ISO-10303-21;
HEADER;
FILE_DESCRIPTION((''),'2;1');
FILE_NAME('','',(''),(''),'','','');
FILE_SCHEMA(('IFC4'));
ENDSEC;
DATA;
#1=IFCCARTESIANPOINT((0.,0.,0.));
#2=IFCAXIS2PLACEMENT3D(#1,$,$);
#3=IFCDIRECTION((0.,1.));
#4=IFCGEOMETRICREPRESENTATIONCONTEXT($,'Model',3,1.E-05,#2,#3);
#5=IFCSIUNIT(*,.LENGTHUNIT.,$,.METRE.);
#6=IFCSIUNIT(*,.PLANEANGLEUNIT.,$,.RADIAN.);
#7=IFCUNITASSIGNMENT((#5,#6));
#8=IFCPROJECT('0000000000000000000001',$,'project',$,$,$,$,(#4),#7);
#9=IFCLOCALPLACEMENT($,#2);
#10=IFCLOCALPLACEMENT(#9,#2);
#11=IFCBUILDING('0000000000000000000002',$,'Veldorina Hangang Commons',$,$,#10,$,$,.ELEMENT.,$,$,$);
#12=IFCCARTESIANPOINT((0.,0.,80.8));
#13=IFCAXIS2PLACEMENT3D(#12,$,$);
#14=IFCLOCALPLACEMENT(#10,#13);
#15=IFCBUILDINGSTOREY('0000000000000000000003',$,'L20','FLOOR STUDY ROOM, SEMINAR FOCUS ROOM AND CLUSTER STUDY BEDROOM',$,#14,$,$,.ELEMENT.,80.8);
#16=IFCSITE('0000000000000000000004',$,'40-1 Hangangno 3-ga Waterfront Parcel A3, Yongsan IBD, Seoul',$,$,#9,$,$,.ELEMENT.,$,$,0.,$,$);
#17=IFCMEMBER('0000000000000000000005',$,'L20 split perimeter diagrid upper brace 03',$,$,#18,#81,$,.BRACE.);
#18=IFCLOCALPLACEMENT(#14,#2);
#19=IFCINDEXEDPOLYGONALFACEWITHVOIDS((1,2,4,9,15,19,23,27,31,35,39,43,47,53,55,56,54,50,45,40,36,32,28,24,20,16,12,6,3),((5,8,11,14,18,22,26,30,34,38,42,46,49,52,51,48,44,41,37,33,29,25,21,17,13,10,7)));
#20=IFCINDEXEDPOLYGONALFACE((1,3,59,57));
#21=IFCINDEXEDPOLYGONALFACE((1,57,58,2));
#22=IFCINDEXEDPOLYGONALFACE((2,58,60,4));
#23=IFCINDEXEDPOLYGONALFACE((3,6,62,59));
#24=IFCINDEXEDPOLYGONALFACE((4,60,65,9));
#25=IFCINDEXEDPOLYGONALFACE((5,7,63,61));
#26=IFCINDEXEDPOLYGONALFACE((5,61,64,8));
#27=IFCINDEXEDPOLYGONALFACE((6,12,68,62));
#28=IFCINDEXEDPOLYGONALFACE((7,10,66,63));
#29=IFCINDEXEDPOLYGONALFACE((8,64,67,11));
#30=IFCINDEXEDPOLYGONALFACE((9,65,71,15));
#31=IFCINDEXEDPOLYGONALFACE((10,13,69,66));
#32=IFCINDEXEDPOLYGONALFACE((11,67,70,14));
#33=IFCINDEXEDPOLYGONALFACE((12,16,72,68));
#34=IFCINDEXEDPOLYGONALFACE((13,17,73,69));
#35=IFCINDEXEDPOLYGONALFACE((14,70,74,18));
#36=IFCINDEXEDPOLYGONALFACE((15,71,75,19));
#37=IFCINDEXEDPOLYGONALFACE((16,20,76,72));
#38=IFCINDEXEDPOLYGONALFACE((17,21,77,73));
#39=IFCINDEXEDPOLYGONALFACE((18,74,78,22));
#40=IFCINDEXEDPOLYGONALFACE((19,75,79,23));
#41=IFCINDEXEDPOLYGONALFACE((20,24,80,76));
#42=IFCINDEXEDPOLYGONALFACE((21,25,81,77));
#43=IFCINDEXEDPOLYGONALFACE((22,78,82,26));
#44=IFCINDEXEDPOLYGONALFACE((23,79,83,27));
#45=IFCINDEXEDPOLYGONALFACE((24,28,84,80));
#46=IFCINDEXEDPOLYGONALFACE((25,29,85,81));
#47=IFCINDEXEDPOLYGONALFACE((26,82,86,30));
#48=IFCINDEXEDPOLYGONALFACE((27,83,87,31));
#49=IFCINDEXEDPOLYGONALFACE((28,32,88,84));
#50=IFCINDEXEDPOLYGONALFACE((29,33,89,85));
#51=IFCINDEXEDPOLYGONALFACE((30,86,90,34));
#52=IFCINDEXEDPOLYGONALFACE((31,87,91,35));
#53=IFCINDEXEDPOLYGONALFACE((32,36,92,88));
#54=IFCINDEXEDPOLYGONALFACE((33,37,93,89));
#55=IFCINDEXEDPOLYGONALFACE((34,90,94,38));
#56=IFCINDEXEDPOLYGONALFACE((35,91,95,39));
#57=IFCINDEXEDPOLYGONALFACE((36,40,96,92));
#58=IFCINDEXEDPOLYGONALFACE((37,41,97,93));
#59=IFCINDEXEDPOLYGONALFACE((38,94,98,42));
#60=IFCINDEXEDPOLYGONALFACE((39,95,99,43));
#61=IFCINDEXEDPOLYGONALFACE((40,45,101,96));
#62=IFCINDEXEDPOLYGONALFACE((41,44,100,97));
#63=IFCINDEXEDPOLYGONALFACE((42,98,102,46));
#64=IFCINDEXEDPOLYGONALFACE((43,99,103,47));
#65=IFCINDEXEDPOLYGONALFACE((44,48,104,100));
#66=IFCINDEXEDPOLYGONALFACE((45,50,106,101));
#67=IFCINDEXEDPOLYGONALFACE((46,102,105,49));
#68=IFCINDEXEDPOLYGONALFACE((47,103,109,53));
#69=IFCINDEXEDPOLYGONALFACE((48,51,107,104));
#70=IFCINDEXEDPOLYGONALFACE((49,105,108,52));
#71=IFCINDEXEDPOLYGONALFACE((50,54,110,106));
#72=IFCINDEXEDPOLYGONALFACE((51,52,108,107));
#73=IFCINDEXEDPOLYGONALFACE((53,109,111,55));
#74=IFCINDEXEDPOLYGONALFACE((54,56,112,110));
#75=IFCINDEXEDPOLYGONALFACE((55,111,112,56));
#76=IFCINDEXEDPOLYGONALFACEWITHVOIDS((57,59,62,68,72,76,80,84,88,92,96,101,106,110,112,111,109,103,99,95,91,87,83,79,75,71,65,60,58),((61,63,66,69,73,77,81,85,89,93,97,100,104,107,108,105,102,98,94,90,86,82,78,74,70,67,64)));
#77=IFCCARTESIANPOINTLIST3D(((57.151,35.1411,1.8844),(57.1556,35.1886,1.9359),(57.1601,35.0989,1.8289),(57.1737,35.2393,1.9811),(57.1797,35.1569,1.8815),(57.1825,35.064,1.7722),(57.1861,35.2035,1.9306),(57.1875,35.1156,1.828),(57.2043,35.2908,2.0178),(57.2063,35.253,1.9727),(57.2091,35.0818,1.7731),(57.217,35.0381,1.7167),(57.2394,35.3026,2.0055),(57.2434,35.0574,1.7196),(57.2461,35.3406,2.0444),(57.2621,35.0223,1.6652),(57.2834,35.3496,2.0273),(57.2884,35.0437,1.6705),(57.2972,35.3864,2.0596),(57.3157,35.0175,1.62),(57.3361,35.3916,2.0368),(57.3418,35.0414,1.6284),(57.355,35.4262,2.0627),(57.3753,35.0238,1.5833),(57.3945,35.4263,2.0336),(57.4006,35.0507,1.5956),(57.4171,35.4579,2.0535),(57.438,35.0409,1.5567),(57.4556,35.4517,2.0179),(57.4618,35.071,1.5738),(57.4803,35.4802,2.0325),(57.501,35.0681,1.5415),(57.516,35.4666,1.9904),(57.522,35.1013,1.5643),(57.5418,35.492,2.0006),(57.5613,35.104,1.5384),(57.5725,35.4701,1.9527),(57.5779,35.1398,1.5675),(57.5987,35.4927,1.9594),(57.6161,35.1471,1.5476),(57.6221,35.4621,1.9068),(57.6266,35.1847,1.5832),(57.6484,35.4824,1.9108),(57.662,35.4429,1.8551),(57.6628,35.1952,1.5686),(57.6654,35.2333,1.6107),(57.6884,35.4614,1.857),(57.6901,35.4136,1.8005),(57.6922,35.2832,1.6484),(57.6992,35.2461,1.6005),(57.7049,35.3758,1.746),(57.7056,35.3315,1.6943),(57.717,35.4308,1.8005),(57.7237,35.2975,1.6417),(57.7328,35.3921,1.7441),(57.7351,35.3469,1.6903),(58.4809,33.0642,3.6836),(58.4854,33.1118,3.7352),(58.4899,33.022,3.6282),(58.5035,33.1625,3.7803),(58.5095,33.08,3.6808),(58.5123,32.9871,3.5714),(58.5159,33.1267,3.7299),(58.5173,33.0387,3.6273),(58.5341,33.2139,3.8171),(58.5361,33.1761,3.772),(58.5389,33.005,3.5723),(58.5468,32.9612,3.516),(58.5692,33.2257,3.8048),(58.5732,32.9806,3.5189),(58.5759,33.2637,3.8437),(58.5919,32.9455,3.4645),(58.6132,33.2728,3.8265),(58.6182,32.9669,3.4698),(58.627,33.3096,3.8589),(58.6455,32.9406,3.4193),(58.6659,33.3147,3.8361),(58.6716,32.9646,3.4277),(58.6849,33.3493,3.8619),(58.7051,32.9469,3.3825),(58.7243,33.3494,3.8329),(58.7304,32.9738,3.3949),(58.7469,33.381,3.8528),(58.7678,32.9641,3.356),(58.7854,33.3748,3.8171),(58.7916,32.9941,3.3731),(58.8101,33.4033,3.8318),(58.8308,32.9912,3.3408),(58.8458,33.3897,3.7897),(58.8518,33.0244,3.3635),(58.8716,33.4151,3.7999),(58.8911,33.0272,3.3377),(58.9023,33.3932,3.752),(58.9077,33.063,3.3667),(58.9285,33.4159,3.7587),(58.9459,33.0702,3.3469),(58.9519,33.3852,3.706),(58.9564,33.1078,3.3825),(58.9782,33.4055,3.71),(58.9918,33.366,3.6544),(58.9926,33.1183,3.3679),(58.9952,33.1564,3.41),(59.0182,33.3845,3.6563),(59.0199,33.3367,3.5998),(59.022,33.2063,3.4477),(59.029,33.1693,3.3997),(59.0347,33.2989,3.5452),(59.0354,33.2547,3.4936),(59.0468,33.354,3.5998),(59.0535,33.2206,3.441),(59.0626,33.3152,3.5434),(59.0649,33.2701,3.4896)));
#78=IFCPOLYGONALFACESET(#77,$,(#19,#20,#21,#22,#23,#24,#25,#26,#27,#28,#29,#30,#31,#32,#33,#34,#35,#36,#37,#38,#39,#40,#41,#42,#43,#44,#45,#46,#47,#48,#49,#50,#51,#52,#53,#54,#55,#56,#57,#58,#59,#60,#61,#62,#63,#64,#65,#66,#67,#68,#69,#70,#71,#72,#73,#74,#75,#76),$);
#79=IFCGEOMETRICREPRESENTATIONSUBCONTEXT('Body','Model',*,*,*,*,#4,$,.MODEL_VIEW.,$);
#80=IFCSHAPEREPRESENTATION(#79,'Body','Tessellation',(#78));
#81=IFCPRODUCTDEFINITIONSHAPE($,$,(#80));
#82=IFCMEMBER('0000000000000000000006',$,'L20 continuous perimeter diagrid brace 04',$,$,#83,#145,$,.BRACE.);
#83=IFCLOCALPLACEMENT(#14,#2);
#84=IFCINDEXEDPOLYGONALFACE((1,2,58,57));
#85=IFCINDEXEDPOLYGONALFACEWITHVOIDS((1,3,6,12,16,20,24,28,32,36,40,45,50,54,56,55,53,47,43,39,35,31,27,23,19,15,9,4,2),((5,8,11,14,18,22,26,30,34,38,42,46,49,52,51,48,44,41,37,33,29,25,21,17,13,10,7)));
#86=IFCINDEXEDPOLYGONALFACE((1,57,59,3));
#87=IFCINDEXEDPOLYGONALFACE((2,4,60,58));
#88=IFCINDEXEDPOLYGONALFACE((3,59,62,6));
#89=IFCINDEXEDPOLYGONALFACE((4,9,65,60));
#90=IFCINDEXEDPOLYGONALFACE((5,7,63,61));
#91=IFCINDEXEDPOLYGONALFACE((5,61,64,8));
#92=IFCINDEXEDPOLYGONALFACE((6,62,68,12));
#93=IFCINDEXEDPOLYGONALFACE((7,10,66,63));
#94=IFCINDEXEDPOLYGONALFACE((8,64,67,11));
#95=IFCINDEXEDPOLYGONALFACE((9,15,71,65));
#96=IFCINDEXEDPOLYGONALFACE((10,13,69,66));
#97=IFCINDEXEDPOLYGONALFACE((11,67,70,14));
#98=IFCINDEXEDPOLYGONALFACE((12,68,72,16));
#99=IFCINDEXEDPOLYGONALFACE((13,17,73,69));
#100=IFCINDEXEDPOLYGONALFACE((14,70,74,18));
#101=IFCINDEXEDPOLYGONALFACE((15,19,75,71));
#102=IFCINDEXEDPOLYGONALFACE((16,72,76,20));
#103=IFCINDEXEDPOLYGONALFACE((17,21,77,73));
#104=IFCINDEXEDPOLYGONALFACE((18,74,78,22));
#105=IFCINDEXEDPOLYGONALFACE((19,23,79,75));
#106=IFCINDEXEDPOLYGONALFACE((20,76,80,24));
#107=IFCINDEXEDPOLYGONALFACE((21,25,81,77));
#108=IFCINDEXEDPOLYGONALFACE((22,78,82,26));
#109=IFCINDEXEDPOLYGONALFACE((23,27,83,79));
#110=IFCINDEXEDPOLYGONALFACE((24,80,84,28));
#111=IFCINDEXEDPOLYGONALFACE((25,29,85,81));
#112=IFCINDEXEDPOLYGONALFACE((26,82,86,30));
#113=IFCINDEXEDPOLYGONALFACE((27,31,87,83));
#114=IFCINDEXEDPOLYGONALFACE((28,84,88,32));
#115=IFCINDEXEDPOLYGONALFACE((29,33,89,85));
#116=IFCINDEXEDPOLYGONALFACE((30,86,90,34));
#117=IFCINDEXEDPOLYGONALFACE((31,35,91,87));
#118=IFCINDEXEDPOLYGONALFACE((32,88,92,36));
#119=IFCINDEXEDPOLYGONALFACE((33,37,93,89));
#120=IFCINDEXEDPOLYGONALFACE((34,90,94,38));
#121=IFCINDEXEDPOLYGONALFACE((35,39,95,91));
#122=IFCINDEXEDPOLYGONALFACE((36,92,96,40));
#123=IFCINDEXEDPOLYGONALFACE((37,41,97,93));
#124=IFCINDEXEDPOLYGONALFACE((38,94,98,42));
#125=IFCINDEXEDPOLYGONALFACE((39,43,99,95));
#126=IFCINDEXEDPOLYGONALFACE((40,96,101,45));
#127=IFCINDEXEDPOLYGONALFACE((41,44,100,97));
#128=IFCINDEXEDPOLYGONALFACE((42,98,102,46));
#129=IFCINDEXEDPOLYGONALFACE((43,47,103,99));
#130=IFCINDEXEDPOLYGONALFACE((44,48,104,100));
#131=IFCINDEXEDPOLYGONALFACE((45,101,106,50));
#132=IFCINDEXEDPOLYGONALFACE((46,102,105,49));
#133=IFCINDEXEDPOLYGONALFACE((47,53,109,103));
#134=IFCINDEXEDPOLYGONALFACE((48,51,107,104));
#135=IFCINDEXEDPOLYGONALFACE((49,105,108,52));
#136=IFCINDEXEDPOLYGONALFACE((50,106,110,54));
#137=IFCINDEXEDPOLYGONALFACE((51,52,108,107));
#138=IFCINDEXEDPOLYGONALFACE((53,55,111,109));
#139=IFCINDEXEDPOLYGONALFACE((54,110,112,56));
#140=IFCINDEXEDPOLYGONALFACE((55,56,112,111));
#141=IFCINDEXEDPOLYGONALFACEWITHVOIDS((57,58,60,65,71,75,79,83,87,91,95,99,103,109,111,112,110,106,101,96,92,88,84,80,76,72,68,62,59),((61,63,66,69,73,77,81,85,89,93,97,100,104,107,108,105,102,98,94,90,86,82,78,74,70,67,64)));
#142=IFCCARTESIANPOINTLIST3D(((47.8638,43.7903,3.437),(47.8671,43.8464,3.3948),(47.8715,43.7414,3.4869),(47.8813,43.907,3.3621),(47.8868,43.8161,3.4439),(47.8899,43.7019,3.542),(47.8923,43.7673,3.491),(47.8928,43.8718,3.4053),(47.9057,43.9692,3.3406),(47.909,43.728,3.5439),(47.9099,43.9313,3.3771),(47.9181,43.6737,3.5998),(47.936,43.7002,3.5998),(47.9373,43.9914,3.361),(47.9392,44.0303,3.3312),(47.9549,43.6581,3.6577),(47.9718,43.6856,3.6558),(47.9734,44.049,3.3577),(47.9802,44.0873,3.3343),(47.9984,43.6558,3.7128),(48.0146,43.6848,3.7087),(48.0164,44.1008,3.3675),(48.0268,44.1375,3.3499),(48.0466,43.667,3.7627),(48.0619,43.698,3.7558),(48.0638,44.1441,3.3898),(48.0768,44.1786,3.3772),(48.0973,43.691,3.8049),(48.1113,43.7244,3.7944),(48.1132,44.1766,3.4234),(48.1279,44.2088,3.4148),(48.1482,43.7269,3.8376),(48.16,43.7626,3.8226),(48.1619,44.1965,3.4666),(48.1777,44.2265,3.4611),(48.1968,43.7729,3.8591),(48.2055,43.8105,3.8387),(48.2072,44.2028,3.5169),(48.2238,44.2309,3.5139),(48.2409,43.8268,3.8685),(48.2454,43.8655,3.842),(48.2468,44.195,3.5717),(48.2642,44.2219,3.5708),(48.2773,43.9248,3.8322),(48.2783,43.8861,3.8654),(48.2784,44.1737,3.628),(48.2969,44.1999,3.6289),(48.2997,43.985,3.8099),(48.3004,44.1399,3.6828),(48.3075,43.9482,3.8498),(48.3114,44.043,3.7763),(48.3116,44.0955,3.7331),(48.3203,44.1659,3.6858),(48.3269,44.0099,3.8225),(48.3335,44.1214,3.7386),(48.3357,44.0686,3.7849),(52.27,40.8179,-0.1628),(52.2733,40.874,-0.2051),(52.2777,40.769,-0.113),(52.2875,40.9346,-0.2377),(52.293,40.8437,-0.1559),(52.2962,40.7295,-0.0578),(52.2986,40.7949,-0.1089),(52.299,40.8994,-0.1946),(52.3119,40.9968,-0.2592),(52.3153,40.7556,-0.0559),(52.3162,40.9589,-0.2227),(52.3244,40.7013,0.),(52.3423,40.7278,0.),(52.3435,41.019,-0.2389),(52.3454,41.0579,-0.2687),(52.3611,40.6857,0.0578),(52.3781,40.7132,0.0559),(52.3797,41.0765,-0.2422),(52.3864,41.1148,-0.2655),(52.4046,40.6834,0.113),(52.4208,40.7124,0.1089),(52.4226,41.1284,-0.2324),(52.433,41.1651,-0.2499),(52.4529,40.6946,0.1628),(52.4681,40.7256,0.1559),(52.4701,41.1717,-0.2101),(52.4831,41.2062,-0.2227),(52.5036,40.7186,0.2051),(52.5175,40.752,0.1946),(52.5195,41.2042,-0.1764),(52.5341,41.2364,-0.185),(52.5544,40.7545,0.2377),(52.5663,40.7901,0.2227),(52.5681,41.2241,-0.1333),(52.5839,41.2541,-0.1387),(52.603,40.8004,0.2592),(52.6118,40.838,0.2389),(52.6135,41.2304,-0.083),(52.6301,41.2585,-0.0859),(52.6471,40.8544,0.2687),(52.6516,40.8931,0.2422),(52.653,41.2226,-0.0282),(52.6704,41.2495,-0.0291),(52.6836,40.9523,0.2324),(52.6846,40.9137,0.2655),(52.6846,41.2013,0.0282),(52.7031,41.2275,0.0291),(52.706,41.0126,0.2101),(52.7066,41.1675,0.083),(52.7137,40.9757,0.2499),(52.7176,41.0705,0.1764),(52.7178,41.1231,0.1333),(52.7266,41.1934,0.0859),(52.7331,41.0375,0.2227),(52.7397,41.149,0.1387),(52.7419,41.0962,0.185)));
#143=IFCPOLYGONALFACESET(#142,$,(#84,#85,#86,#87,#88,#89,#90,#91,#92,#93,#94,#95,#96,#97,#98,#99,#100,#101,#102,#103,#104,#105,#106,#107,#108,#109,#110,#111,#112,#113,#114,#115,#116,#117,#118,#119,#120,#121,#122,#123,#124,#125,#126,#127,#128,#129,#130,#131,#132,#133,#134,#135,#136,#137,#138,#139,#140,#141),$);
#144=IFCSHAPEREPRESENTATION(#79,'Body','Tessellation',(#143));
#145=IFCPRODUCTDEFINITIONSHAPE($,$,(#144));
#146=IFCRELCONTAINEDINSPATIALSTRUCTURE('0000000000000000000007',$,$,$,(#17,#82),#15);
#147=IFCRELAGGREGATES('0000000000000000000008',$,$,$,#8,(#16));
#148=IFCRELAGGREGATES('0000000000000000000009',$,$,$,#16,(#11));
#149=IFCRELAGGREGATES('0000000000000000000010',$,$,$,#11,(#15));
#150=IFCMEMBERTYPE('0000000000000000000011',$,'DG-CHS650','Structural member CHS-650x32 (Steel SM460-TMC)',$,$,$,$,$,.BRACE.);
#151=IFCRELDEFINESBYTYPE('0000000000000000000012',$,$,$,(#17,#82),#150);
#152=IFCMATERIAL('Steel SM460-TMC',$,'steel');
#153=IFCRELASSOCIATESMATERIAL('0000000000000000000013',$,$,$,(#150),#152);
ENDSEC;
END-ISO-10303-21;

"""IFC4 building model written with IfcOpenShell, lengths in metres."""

from ifc_helpers import new_model, si_unit, direction, frame, origin, origin_2d, place, context, subcontext, project, spatial, hollow_circle, extrude, material, material_profile, profile_set, type_object, element, save


model = new_model("IFC4")

# Units and contexts
model_context = context("Model", 3, precision=1e-05, world=origin(), true_north=direction((0.0, 1.0)))
body_context = subcontext(model_context, "Body", "Model", "MODEL_VIEW")
ifc_project = project(units=[si_unit("LENGTHUNIT", "METRE"), si_unit("PLANEANGLEUNIT", "RADIAN")], contexts=[model_context])

# Site, building, storey
site_placement = place(None, origin())
site = spatial("IfcSite", under=ifc_project, at=site_placement, Name="40-1 Hangangno 3-ga Waterfront Parcel A3, Yongsan IBD, Seoul", CompositionType="ELEMENT", RefElevation=0.0)
building_placement = place(site_placement, origin())
building = spatial("IfcBuilding", under=site, at=building_placement, Name="Veldorina Hangang Commons", CompositionType="ELEMENT")
storey_placement = place(building_placement, frame((0.0, 0.0, 80.8)))
storey = spatial("IfcBuildingStorey", under=building, at=storey_placement, Name="L20", Description="FLOOR STUDY ROOM, SEMINAR FOCUS ROOM AND CLUSTER STUDY BEDROOM", CompositionType="ELEMENT", Elevation=80.8)

# Members
ifc_material_1 = material(Name="Steel SM460-TMC", Category="steel")
ifc_material_profile_1 = material_profile(ifc_material_1, hollow_circle(Radius=0.325, WallThickness=0.032, at=origin_2d()), Name="CHS-650x32")
ifc_profile_set_1 = profile_set([ifc_material_profile_1], Name="Steel SM460-TMC")
member_type = type_object("IfcMemberType", Name="DG-CHS650", Description="Structural member CHS-650x32 (Steel SM460-TMC)", PredefinedType="BRACE", material=ifc_profile_set_1)
member_1_placement = place(storey_placement, frame((57.4434, 35.2556, 1.8005), z_axis=(0.435613, -0.68033, 0.589401), x_axis=(0.842158, 0.539231, 0.0)))
element("IfcMember", 1, at=member_1_placement, inside=storey, type_object=member_type, Name="L20 split perimeter diagrid upper brace 03", PredefinedType="BRACE", context=body_context, shape_type="SweptSolid", body=[
    extrude(hollow_circle(Radius=0.325, WallThickness=0.032, at=origin_2d()), origin(), (0.0, 0.0, 1.0), 3.0527),
])
member_2_placement = place(storey_placement, frame((52.5061, 40.9707, 0.0), z_axis=(-0.686392, 0.463033, 0.560774), x_axis=(-0.559239, -0.829006, 0.0)))
element("IfcMember", 2, at=member_2_placement, inside=storey, type_object=member_type, Name="L20 continuous perimeter diagrid brace 04", PredefinedType="BRACE", context=body_context, shape_type="SweptSolid", body=[
    extrude(hollow_circle(Radius=0.325, WallThickness=0.032, at=origin_2d()), origin(), (0.0, 0.0, 1.0), 6.4194),
])

save(model, "model.ifc")
